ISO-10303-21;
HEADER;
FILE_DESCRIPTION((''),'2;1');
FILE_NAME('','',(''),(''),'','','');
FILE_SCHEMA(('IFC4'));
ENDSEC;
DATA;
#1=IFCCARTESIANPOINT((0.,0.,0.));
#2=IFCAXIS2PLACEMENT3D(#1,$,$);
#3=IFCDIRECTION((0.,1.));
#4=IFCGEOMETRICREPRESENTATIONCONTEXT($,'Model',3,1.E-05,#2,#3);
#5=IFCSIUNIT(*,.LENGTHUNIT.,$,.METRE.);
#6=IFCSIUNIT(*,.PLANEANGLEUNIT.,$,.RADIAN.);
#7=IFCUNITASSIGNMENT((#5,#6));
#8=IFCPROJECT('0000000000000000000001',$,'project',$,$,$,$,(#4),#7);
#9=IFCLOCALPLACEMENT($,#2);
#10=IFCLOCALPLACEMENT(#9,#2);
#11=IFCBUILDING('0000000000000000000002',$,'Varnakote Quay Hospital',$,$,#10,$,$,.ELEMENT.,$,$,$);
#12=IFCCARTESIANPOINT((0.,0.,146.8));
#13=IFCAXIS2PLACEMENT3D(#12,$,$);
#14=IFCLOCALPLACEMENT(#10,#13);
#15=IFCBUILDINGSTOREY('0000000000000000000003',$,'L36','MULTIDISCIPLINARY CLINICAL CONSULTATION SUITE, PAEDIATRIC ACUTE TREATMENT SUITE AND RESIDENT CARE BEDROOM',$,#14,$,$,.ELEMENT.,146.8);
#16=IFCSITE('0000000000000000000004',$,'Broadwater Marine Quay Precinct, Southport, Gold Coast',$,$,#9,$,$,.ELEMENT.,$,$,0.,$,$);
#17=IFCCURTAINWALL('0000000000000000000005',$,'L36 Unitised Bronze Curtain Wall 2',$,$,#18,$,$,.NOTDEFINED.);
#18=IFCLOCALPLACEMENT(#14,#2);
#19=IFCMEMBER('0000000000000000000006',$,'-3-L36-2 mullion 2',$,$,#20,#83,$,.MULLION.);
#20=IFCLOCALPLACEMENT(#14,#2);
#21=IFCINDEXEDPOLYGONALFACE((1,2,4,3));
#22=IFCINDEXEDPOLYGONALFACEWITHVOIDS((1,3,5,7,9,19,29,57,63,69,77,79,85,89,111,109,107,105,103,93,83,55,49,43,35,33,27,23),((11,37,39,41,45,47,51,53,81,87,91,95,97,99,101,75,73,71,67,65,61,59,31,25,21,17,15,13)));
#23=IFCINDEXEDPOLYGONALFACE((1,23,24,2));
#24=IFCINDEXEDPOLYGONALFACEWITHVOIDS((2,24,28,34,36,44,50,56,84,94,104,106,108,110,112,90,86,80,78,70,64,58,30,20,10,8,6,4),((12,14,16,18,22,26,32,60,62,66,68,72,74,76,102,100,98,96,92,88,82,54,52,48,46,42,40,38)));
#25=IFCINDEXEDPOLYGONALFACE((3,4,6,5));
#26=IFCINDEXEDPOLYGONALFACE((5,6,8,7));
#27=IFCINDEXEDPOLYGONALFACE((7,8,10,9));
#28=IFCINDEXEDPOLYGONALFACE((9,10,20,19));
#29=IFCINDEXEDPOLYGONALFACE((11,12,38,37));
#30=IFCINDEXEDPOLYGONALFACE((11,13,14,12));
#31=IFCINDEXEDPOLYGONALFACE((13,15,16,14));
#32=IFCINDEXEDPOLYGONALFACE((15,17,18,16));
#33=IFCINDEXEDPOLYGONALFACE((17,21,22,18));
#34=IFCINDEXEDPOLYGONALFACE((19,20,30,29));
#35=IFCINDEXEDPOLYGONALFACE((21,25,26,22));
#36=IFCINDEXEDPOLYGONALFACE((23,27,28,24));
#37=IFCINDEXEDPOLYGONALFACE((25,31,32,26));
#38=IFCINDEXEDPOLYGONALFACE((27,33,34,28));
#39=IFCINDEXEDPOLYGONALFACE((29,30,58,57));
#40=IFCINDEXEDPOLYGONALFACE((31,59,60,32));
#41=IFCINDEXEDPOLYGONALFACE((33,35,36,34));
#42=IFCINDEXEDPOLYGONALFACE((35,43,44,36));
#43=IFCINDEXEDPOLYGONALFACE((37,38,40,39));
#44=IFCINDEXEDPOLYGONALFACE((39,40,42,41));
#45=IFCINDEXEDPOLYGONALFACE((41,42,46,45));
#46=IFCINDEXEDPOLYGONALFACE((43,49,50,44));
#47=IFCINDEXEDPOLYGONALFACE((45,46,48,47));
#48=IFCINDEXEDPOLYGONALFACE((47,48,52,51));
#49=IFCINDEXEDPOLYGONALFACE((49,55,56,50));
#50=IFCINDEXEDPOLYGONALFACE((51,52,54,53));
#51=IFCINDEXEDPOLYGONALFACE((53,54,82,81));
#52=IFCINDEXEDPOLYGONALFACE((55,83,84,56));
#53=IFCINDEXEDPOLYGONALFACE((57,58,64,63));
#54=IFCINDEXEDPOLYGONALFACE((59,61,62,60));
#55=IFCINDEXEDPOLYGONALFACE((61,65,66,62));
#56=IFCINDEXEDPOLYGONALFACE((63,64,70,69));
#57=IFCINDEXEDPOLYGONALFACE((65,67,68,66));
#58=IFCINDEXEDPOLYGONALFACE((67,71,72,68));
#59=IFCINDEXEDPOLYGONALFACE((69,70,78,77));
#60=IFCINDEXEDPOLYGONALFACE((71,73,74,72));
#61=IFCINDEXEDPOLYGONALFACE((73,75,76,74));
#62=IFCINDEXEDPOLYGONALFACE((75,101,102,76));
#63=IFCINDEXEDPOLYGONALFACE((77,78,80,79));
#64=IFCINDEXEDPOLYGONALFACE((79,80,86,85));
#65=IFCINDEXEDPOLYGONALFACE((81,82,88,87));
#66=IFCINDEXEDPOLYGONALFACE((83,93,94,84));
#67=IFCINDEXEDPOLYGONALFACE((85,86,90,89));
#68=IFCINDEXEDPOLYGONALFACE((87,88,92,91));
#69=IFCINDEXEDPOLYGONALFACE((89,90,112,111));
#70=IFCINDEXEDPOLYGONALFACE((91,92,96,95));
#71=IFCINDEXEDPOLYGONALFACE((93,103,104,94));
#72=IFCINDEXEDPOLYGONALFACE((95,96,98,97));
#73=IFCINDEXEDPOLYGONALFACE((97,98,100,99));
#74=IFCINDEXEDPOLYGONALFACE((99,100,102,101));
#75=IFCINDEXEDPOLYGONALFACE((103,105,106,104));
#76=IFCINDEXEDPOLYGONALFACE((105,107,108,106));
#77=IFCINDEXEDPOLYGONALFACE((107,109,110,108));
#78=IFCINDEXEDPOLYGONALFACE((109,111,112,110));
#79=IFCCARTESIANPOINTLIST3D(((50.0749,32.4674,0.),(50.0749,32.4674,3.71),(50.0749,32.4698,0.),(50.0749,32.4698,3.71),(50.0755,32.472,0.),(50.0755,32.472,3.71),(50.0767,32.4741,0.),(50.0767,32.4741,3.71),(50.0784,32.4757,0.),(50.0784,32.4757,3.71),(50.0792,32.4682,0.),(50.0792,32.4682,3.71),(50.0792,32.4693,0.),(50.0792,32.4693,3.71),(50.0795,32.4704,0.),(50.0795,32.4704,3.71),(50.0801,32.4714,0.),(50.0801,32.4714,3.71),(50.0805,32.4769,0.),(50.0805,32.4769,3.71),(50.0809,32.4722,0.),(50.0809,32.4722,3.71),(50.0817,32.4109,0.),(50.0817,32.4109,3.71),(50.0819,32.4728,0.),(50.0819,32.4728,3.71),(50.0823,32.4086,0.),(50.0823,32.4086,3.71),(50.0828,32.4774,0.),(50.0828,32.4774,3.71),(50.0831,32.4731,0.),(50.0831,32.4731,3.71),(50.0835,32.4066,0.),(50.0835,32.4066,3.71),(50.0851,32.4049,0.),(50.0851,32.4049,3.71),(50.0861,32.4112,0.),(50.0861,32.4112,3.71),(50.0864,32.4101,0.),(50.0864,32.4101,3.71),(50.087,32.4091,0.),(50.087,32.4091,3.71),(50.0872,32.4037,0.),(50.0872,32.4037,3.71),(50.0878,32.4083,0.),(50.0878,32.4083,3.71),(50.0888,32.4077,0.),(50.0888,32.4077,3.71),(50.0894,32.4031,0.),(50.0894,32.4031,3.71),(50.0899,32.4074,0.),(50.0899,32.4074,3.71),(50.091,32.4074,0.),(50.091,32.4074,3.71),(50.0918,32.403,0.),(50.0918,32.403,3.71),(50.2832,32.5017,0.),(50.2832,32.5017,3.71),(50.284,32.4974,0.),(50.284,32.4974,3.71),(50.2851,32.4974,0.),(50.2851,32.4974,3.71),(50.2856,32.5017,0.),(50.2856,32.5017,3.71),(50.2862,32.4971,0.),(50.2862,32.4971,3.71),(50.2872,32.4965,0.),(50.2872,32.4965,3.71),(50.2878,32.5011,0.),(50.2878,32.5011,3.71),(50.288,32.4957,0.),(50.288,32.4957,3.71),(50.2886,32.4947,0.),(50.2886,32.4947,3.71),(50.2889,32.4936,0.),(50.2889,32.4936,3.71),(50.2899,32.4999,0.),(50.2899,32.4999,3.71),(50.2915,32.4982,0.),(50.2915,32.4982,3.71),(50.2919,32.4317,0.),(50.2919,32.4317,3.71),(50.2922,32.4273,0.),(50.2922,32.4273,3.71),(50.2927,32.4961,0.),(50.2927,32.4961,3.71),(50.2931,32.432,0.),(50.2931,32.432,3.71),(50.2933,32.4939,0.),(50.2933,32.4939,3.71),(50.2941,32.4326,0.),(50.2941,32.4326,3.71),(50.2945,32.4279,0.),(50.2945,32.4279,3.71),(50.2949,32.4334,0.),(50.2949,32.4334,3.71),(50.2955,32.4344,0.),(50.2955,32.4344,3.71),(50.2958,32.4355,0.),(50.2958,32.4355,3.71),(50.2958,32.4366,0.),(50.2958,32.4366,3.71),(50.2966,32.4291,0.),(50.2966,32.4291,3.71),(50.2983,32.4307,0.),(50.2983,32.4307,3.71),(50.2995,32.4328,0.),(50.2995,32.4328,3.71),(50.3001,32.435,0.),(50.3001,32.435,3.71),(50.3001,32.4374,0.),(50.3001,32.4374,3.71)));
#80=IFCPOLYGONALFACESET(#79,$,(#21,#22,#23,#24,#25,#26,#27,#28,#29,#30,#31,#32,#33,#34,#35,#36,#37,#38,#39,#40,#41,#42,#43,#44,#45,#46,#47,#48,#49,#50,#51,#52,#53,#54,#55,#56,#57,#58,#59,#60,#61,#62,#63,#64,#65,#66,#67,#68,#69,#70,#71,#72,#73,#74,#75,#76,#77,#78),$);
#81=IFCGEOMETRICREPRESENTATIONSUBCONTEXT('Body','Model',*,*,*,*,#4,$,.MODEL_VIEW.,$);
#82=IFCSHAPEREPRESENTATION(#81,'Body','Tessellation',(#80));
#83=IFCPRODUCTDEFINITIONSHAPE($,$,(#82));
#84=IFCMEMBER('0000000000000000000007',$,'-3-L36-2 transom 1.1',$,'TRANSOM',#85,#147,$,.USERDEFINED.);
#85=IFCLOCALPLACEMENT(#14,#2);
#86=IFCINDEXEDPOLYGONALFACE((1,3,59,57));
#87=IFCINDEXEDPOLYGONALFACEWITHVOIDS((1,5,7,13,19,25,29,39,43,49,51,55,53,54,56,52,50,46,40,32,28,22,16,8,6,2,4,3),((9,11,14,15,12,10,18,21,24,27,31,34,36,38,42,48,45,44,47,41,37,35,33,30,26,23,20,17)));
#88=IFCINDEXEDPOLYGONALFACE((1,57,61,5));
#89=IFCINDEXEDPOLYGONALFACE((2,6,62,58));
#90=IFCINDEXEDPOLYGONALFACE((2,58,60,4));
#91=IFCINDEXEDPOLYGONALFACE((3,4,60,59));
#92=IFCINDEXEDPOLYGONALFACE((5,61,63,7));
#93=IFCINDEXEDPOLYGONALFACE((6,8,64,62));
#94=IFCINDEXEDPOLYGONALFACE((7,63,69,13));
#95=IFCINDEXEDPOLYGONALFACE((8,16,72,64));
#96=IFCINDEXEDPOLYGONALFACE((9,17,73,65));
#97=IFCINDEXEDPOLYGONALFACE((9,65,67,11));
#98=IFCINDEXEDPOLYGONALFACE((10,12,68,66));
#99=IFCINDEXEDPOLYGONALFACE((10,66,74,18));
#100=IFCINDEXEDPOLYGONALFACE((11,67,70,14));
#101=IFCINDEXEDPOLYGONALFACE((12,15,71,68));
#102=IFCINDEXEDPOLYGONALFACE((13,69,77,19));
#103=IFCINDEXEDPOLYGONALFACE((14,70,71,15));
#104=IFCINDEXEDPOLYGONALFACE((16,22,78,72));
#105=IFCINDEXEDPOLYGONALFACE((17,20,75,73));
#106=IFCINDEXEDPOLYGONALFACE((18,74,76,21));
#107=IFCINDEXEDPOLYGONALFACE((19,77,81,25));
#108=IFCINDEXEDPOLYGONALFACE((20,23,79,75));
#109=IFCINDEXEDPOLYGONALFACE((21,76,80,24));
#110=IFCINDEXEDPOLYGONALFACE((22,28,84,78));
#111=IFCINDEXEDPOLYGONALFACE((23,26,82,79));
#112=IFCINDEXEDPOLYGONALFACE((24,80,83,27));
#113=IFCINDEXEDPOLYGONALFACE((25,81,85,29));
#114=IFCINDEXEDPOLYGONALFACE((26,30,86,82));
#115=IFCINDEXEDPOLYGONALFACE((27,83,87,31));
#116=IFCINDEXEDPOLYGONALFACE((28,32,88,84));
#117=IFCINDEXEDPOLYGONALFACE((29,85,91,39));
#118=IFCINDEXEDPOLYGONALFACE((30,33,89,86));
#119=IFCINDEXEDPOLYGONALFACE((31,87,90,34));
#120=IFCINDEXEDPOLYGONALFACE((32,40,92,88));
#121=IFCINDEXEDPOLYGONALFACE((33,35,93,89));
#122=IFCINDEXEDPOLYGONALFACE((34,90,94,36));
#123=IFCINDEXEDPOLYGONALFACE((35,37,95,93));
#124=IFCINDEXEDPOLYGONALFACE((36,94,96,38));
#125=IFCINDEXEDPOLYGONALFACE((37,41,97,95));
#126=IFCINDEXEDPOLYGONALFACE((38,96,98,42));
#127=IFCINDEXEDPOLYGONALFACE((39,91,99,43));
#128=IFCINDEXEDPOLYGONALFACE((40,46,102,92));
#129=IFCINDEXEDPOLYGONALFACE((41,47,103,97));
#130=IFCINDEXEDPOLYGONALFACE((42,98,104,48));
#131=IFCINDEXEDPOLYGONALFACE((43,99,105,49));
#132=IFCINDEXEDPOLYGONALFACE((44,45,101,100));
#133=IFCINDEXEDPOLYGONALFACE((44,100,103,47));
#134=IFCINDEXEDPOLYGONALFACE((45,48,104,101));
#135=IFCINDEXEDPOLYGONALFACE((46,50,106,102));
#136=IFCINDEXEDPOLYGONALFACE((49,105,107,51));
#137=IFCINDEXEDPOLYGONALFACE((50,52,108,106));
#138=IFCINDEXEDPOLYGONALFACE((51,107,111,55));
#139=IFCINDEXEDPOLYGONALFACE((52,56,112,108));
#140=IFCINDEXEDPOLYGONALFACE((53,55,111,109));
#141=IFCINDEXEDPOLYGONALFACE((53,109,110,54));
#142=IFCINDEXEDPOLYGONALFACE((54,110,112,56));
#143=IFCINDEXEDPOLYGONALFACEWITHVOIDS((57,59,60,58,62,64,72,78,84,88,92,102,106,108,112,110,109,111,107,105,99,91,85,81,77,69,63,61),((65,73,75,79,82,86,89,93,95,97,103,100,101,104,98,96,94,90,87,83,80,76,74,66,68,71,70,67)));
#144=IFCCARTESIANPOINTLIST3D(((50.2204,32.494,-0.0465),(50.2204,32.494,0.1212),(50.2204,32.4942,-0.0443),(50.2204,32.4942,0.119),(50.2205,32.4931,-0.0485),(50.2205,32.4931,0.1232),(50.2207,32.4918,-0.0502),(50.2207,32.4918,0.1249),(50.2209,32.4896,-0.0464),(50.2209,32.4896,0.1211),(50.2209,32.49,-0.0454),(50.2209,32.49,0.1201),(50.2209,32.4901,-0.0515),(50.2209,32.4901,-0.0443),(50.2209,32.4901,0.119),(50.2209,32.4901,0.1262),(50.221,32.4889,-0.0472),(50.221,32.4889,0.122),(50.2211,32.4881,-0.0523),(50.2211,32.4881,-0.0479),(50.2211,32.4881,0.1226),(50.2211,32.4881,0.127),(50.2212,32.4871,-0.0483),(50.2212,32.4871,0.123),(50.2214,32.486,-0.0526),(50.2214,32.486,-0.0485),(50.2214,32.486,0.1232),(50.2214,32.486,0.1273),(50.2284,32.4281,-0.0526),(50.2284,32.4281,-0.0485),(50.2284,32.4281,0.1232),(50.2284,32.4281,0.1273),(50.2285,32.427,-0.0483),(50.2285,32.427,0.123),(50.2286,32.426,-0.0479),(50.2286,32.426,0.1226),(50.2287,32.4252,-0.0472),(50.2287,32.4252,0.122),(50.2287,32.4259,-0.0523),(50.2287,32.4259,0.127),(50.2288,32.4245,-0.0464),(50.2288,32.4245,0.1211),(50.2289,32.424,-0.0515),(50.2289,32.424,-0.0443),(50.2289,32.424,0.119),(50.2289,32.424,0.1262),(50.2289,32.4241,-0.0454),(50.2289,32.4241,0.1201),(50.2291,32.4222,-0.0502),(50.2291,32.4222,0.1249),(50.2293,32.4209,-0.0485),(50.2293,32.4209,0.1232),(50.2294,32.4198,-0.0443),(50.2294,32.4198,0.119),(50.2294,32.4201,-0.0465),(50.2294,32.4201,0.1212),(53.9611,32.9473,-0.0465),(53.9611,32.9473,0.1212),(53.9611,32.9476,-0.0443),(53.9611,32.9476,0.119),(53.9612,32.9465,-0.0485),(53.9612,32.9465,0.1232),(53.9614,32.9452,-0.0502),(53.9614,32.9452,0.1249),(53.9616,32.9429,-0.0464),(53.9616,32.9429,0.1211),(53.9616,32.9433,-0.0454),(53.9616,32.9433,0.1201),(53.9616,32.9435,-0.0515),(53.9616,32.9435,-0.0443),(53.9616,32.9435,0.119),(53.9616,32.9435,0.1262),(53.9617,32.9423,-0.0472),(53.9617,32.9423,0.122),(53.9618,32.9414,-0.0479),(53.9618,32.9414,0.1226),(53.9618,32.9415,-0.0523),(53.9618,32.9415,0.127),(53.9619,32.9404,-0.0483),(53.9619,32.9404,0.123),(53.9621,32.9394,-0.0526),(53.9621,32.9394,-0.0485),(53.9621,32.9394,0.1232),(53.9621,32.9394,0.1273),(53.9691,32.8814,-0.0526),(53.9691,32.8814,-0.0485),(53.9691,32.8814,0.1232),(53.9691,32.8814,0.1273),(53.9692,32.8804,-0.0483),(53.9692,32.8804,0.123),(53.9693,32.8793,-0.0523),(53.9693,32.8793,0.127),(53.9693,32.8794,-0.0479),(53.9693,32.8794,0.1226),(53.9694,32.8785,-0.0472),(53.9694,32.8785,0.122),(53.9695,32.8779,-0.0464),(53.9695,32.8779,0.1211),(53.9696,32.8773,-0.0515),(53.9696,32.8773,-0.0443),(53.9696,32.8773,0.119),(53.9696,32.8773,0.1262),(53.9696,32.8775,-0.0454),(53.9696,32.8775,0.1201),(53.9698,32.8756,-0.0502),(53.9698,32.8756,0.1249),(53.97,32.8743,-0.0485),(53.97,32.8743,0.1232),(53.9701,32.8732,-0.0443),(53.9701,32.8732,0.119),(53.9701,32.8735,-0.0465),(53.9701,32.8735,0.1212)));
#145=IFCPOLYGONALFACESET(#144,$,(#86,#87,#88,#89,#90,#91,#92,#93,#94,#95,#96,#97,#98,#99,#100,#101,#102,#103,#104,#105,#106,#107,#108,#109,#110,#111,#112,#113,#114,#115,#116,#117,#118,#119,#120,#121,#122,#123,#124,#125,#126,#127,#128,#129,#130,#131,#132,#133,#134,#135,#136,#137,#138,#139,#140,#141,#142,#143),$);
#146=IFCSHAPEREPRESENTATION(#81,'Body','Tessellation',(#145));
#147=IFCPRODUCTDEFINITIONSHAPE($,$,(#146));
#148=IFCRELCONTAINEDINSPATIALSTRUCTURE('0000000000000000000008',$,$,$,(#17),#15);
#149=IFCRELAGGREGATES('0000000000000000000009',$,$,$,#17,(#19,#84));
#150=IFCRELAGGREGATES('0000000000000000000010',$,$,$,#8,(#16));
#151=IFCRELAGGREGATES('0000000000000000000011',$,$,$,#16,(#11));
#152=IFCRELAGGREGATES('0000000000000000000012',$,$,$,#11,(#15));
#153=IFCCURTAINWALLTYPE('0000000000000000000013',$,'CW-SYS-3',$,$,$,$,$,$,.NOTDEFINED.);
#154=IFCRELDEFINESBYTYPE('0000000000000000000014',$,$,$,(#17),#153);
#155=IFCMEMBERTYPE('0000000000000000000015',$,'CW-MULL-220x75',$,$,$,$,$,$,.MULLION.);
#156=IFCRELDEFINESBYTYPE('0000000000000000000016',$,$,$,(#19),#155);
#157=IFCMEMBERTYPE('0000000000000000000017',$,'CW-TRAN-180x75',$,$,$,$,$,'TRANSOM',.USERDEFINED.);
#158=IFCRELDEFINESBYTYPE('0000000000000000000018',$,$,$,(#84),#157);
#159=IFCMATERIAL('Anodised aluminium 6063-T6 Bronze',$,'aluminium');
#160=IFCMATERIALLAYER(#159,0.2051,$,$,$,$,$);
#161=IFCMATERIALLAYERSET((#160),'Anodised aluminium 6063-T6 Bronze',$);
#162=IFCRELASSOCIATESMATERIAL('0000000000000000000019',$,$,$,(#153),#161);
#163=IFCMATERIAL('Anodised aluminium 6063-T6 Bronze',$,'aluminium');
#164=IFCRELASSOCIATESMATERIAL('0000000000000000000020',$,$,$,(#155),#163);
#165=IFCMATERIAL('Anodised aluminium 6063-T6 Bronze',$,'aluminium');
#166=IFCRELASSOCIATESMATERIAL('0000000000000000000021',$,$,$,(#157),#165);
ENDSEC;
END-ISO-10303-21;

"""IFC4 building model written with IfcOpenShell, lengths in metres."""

from ifc_helpers import new_model, si_unit, direction, frame, origin, origin_2d, place, context, subcontext, project, spatial, hollow_rectangle, extrude, material, layer, layer_set, material_profile, profile_set, type_object, element, aggregate, save


model = new_model("IFC4")

# Units and contexts
model_context = context("Model", 3, precision=1e-05, world=origin(), true_north=direction((0.0, 1.0)))
body_context = subcontext(model_context, "Body", "Model", "MODEL_VIEW")
ifc_project = project(units=[si_unit("LENGTHUNIT", "METRE"), si_unit("PLANEANGLEUNIT", "RADIAN")], contexts=[model_context])

# Site, building, storey
site_placement = place(None, origin())
site = spatial("IfcSite", under=ifc_project, at=site_placement, Name="Broadwater Marine Quay Precinct, Southport, Gold Coast", CompositionType="ELEMENT", RefElevation=0.0)
building_placement = place(site_placement, origin())
building = spatial("IfcBuilding", under=site, at=building_placement, Name="Varnakote Quay Hospital", CompositionType="ELEMENT")
storey_placement = place(building_placement, frame((0.0, 0.0, 146.8)))
storey = spatial("IfcBuildingStorey", under=building, at=storey_placement, Name="L36", Description="MULTIDISCIPLINARY CLINICAL CONSULTATION SUITE, PAEDIATRIC ACUTE TREATMENT SUITE AND RESIDENT CARE BEDROOM", CompositionType="ELEMENT", Elevation=146.8)

# Shared definitions
ifc_material_1 = material(Name="Anodised aluminium 6063-T6 Bronze", Category="aluminium")
ifc_layer_1 = layer(ifc_material_1, 0.2051)
ifc_layer_set_1 = layer_set([ifc_layer_1], Name="Anodised aluminium 6063-T6 Bronze")
curtain_wall_type = type_object("IfcCurtainWallType", Name="CW-SYS-3", PredefinedType="NOTDEFINED", material=ifc_layer_set_1)
ifc_material_2 = material(Name="Anodised aluminium 6063-T6 Bronze", Category="aluminium")
ifc_material_profile_1 = material_profile(ifc_material_2, hollow_rectangle(XDim=0.075, YDim=0.22, WallThickness=0.0044, InnerFilletRadius=0.0044, OuterFilletRadius=0.009, at=origin_2d()), Name="CW-MULL-220x75")
ifc_profile_set_1 = profile_set([ifc_material_profile_1], Name="Anodised aluminium 6063-T6 Bronze")
member_type_1 = type_object("IfcMemberType", Name="CW-MULL-220x75", PredefinedType="MULLION", material=ifc_profile_set_1)

# Curtain wall, members
curtain_wall_1_placement = place(storey_placement, origin())
curtain_wall_1 = element("IfcCurtainWall", 1, at=curtain_wall_1_placement, inside=storey, type_object=curtain_wall_type, Name="L36 Unitised Bronze Curtain Wall 2", PredefinedType="NOTDEFINED")
member_1_placement = place(storey_placement, frame((50.1875, 32.4524, 0.0), z_axis=(0.0, 0.0, 1.0), x_axis=(0.120327, -0.992734, 0.0)))
member_1 = element("IfcMember", 2, at=member_1_placement, type_object=member_type_1, Name="-3-L36-2 mullion 2", PredefinedType="MULLION", context=body_context, shape_type="SweptSolid", body=[
    extrude(hollow_rectangle(XDim=0.075, YDim=0.22, WallThickness=0.0044, InnerFilletRadius=0.0044, OuterFilletRadius=0.009, at=origin_2d()), origin(), (0.0, 0.0, 1.0), 3.71),
])
ifc_material_3 = material(Name="Anodised aluminium 6063-T6 Bronze", Category="aluminium")
ifc_material_profile_2 = material_profile(ifc_material_3, hollow_rectangle(XDim=0.075, YDim=0.1799, WallThickness=0.0042, InnerFilletRadius=0.0042, OuterFilletRadius=0.0083, at=origin_2d()), Name="CW-TRAN-180x75")
ifc_profile_set_2 = profile_set([ifc_material_profile_2], Name="Anodised aluminium 6063-T6 Bronze")
member_type_2 = type_object("IfcMemberType", Name="CW-TRAN-180x75", ElementType="TRANSOM", PredefinedType="USERDEFINED", material=ifc_profile_set_2)
member_2_placement = place(storey_placement, frame((53.9656, 32.9104, 0.0374), z_axis=(-0.992735, -0.120318, 0.0), x_axis=(0.120318, -0.992735, 0.0)))
member_2 = element("IfcMember", 3, at=member_2_placement, type_object=member_type_2, Name="-3-L36-2 transom 1.1", ObjectType="TRANSOM", PredefinedType="USERDEFINED", context=body_context, shape_type="SweptSolid", body=[
    extrude(hollow_rectangle(XDim=0.075, YDim=0.1799, WallThickness=0.0042, InnerFilletRadius=0.0042, OuterFilletRadius=0.0083, at=origin_2d()), origin(), (0.0, 0.0, 1.0), 3.7681),
])

aggregate(curtain_wall_1, [member_1, member_2])

save(model, "model.ifc")
